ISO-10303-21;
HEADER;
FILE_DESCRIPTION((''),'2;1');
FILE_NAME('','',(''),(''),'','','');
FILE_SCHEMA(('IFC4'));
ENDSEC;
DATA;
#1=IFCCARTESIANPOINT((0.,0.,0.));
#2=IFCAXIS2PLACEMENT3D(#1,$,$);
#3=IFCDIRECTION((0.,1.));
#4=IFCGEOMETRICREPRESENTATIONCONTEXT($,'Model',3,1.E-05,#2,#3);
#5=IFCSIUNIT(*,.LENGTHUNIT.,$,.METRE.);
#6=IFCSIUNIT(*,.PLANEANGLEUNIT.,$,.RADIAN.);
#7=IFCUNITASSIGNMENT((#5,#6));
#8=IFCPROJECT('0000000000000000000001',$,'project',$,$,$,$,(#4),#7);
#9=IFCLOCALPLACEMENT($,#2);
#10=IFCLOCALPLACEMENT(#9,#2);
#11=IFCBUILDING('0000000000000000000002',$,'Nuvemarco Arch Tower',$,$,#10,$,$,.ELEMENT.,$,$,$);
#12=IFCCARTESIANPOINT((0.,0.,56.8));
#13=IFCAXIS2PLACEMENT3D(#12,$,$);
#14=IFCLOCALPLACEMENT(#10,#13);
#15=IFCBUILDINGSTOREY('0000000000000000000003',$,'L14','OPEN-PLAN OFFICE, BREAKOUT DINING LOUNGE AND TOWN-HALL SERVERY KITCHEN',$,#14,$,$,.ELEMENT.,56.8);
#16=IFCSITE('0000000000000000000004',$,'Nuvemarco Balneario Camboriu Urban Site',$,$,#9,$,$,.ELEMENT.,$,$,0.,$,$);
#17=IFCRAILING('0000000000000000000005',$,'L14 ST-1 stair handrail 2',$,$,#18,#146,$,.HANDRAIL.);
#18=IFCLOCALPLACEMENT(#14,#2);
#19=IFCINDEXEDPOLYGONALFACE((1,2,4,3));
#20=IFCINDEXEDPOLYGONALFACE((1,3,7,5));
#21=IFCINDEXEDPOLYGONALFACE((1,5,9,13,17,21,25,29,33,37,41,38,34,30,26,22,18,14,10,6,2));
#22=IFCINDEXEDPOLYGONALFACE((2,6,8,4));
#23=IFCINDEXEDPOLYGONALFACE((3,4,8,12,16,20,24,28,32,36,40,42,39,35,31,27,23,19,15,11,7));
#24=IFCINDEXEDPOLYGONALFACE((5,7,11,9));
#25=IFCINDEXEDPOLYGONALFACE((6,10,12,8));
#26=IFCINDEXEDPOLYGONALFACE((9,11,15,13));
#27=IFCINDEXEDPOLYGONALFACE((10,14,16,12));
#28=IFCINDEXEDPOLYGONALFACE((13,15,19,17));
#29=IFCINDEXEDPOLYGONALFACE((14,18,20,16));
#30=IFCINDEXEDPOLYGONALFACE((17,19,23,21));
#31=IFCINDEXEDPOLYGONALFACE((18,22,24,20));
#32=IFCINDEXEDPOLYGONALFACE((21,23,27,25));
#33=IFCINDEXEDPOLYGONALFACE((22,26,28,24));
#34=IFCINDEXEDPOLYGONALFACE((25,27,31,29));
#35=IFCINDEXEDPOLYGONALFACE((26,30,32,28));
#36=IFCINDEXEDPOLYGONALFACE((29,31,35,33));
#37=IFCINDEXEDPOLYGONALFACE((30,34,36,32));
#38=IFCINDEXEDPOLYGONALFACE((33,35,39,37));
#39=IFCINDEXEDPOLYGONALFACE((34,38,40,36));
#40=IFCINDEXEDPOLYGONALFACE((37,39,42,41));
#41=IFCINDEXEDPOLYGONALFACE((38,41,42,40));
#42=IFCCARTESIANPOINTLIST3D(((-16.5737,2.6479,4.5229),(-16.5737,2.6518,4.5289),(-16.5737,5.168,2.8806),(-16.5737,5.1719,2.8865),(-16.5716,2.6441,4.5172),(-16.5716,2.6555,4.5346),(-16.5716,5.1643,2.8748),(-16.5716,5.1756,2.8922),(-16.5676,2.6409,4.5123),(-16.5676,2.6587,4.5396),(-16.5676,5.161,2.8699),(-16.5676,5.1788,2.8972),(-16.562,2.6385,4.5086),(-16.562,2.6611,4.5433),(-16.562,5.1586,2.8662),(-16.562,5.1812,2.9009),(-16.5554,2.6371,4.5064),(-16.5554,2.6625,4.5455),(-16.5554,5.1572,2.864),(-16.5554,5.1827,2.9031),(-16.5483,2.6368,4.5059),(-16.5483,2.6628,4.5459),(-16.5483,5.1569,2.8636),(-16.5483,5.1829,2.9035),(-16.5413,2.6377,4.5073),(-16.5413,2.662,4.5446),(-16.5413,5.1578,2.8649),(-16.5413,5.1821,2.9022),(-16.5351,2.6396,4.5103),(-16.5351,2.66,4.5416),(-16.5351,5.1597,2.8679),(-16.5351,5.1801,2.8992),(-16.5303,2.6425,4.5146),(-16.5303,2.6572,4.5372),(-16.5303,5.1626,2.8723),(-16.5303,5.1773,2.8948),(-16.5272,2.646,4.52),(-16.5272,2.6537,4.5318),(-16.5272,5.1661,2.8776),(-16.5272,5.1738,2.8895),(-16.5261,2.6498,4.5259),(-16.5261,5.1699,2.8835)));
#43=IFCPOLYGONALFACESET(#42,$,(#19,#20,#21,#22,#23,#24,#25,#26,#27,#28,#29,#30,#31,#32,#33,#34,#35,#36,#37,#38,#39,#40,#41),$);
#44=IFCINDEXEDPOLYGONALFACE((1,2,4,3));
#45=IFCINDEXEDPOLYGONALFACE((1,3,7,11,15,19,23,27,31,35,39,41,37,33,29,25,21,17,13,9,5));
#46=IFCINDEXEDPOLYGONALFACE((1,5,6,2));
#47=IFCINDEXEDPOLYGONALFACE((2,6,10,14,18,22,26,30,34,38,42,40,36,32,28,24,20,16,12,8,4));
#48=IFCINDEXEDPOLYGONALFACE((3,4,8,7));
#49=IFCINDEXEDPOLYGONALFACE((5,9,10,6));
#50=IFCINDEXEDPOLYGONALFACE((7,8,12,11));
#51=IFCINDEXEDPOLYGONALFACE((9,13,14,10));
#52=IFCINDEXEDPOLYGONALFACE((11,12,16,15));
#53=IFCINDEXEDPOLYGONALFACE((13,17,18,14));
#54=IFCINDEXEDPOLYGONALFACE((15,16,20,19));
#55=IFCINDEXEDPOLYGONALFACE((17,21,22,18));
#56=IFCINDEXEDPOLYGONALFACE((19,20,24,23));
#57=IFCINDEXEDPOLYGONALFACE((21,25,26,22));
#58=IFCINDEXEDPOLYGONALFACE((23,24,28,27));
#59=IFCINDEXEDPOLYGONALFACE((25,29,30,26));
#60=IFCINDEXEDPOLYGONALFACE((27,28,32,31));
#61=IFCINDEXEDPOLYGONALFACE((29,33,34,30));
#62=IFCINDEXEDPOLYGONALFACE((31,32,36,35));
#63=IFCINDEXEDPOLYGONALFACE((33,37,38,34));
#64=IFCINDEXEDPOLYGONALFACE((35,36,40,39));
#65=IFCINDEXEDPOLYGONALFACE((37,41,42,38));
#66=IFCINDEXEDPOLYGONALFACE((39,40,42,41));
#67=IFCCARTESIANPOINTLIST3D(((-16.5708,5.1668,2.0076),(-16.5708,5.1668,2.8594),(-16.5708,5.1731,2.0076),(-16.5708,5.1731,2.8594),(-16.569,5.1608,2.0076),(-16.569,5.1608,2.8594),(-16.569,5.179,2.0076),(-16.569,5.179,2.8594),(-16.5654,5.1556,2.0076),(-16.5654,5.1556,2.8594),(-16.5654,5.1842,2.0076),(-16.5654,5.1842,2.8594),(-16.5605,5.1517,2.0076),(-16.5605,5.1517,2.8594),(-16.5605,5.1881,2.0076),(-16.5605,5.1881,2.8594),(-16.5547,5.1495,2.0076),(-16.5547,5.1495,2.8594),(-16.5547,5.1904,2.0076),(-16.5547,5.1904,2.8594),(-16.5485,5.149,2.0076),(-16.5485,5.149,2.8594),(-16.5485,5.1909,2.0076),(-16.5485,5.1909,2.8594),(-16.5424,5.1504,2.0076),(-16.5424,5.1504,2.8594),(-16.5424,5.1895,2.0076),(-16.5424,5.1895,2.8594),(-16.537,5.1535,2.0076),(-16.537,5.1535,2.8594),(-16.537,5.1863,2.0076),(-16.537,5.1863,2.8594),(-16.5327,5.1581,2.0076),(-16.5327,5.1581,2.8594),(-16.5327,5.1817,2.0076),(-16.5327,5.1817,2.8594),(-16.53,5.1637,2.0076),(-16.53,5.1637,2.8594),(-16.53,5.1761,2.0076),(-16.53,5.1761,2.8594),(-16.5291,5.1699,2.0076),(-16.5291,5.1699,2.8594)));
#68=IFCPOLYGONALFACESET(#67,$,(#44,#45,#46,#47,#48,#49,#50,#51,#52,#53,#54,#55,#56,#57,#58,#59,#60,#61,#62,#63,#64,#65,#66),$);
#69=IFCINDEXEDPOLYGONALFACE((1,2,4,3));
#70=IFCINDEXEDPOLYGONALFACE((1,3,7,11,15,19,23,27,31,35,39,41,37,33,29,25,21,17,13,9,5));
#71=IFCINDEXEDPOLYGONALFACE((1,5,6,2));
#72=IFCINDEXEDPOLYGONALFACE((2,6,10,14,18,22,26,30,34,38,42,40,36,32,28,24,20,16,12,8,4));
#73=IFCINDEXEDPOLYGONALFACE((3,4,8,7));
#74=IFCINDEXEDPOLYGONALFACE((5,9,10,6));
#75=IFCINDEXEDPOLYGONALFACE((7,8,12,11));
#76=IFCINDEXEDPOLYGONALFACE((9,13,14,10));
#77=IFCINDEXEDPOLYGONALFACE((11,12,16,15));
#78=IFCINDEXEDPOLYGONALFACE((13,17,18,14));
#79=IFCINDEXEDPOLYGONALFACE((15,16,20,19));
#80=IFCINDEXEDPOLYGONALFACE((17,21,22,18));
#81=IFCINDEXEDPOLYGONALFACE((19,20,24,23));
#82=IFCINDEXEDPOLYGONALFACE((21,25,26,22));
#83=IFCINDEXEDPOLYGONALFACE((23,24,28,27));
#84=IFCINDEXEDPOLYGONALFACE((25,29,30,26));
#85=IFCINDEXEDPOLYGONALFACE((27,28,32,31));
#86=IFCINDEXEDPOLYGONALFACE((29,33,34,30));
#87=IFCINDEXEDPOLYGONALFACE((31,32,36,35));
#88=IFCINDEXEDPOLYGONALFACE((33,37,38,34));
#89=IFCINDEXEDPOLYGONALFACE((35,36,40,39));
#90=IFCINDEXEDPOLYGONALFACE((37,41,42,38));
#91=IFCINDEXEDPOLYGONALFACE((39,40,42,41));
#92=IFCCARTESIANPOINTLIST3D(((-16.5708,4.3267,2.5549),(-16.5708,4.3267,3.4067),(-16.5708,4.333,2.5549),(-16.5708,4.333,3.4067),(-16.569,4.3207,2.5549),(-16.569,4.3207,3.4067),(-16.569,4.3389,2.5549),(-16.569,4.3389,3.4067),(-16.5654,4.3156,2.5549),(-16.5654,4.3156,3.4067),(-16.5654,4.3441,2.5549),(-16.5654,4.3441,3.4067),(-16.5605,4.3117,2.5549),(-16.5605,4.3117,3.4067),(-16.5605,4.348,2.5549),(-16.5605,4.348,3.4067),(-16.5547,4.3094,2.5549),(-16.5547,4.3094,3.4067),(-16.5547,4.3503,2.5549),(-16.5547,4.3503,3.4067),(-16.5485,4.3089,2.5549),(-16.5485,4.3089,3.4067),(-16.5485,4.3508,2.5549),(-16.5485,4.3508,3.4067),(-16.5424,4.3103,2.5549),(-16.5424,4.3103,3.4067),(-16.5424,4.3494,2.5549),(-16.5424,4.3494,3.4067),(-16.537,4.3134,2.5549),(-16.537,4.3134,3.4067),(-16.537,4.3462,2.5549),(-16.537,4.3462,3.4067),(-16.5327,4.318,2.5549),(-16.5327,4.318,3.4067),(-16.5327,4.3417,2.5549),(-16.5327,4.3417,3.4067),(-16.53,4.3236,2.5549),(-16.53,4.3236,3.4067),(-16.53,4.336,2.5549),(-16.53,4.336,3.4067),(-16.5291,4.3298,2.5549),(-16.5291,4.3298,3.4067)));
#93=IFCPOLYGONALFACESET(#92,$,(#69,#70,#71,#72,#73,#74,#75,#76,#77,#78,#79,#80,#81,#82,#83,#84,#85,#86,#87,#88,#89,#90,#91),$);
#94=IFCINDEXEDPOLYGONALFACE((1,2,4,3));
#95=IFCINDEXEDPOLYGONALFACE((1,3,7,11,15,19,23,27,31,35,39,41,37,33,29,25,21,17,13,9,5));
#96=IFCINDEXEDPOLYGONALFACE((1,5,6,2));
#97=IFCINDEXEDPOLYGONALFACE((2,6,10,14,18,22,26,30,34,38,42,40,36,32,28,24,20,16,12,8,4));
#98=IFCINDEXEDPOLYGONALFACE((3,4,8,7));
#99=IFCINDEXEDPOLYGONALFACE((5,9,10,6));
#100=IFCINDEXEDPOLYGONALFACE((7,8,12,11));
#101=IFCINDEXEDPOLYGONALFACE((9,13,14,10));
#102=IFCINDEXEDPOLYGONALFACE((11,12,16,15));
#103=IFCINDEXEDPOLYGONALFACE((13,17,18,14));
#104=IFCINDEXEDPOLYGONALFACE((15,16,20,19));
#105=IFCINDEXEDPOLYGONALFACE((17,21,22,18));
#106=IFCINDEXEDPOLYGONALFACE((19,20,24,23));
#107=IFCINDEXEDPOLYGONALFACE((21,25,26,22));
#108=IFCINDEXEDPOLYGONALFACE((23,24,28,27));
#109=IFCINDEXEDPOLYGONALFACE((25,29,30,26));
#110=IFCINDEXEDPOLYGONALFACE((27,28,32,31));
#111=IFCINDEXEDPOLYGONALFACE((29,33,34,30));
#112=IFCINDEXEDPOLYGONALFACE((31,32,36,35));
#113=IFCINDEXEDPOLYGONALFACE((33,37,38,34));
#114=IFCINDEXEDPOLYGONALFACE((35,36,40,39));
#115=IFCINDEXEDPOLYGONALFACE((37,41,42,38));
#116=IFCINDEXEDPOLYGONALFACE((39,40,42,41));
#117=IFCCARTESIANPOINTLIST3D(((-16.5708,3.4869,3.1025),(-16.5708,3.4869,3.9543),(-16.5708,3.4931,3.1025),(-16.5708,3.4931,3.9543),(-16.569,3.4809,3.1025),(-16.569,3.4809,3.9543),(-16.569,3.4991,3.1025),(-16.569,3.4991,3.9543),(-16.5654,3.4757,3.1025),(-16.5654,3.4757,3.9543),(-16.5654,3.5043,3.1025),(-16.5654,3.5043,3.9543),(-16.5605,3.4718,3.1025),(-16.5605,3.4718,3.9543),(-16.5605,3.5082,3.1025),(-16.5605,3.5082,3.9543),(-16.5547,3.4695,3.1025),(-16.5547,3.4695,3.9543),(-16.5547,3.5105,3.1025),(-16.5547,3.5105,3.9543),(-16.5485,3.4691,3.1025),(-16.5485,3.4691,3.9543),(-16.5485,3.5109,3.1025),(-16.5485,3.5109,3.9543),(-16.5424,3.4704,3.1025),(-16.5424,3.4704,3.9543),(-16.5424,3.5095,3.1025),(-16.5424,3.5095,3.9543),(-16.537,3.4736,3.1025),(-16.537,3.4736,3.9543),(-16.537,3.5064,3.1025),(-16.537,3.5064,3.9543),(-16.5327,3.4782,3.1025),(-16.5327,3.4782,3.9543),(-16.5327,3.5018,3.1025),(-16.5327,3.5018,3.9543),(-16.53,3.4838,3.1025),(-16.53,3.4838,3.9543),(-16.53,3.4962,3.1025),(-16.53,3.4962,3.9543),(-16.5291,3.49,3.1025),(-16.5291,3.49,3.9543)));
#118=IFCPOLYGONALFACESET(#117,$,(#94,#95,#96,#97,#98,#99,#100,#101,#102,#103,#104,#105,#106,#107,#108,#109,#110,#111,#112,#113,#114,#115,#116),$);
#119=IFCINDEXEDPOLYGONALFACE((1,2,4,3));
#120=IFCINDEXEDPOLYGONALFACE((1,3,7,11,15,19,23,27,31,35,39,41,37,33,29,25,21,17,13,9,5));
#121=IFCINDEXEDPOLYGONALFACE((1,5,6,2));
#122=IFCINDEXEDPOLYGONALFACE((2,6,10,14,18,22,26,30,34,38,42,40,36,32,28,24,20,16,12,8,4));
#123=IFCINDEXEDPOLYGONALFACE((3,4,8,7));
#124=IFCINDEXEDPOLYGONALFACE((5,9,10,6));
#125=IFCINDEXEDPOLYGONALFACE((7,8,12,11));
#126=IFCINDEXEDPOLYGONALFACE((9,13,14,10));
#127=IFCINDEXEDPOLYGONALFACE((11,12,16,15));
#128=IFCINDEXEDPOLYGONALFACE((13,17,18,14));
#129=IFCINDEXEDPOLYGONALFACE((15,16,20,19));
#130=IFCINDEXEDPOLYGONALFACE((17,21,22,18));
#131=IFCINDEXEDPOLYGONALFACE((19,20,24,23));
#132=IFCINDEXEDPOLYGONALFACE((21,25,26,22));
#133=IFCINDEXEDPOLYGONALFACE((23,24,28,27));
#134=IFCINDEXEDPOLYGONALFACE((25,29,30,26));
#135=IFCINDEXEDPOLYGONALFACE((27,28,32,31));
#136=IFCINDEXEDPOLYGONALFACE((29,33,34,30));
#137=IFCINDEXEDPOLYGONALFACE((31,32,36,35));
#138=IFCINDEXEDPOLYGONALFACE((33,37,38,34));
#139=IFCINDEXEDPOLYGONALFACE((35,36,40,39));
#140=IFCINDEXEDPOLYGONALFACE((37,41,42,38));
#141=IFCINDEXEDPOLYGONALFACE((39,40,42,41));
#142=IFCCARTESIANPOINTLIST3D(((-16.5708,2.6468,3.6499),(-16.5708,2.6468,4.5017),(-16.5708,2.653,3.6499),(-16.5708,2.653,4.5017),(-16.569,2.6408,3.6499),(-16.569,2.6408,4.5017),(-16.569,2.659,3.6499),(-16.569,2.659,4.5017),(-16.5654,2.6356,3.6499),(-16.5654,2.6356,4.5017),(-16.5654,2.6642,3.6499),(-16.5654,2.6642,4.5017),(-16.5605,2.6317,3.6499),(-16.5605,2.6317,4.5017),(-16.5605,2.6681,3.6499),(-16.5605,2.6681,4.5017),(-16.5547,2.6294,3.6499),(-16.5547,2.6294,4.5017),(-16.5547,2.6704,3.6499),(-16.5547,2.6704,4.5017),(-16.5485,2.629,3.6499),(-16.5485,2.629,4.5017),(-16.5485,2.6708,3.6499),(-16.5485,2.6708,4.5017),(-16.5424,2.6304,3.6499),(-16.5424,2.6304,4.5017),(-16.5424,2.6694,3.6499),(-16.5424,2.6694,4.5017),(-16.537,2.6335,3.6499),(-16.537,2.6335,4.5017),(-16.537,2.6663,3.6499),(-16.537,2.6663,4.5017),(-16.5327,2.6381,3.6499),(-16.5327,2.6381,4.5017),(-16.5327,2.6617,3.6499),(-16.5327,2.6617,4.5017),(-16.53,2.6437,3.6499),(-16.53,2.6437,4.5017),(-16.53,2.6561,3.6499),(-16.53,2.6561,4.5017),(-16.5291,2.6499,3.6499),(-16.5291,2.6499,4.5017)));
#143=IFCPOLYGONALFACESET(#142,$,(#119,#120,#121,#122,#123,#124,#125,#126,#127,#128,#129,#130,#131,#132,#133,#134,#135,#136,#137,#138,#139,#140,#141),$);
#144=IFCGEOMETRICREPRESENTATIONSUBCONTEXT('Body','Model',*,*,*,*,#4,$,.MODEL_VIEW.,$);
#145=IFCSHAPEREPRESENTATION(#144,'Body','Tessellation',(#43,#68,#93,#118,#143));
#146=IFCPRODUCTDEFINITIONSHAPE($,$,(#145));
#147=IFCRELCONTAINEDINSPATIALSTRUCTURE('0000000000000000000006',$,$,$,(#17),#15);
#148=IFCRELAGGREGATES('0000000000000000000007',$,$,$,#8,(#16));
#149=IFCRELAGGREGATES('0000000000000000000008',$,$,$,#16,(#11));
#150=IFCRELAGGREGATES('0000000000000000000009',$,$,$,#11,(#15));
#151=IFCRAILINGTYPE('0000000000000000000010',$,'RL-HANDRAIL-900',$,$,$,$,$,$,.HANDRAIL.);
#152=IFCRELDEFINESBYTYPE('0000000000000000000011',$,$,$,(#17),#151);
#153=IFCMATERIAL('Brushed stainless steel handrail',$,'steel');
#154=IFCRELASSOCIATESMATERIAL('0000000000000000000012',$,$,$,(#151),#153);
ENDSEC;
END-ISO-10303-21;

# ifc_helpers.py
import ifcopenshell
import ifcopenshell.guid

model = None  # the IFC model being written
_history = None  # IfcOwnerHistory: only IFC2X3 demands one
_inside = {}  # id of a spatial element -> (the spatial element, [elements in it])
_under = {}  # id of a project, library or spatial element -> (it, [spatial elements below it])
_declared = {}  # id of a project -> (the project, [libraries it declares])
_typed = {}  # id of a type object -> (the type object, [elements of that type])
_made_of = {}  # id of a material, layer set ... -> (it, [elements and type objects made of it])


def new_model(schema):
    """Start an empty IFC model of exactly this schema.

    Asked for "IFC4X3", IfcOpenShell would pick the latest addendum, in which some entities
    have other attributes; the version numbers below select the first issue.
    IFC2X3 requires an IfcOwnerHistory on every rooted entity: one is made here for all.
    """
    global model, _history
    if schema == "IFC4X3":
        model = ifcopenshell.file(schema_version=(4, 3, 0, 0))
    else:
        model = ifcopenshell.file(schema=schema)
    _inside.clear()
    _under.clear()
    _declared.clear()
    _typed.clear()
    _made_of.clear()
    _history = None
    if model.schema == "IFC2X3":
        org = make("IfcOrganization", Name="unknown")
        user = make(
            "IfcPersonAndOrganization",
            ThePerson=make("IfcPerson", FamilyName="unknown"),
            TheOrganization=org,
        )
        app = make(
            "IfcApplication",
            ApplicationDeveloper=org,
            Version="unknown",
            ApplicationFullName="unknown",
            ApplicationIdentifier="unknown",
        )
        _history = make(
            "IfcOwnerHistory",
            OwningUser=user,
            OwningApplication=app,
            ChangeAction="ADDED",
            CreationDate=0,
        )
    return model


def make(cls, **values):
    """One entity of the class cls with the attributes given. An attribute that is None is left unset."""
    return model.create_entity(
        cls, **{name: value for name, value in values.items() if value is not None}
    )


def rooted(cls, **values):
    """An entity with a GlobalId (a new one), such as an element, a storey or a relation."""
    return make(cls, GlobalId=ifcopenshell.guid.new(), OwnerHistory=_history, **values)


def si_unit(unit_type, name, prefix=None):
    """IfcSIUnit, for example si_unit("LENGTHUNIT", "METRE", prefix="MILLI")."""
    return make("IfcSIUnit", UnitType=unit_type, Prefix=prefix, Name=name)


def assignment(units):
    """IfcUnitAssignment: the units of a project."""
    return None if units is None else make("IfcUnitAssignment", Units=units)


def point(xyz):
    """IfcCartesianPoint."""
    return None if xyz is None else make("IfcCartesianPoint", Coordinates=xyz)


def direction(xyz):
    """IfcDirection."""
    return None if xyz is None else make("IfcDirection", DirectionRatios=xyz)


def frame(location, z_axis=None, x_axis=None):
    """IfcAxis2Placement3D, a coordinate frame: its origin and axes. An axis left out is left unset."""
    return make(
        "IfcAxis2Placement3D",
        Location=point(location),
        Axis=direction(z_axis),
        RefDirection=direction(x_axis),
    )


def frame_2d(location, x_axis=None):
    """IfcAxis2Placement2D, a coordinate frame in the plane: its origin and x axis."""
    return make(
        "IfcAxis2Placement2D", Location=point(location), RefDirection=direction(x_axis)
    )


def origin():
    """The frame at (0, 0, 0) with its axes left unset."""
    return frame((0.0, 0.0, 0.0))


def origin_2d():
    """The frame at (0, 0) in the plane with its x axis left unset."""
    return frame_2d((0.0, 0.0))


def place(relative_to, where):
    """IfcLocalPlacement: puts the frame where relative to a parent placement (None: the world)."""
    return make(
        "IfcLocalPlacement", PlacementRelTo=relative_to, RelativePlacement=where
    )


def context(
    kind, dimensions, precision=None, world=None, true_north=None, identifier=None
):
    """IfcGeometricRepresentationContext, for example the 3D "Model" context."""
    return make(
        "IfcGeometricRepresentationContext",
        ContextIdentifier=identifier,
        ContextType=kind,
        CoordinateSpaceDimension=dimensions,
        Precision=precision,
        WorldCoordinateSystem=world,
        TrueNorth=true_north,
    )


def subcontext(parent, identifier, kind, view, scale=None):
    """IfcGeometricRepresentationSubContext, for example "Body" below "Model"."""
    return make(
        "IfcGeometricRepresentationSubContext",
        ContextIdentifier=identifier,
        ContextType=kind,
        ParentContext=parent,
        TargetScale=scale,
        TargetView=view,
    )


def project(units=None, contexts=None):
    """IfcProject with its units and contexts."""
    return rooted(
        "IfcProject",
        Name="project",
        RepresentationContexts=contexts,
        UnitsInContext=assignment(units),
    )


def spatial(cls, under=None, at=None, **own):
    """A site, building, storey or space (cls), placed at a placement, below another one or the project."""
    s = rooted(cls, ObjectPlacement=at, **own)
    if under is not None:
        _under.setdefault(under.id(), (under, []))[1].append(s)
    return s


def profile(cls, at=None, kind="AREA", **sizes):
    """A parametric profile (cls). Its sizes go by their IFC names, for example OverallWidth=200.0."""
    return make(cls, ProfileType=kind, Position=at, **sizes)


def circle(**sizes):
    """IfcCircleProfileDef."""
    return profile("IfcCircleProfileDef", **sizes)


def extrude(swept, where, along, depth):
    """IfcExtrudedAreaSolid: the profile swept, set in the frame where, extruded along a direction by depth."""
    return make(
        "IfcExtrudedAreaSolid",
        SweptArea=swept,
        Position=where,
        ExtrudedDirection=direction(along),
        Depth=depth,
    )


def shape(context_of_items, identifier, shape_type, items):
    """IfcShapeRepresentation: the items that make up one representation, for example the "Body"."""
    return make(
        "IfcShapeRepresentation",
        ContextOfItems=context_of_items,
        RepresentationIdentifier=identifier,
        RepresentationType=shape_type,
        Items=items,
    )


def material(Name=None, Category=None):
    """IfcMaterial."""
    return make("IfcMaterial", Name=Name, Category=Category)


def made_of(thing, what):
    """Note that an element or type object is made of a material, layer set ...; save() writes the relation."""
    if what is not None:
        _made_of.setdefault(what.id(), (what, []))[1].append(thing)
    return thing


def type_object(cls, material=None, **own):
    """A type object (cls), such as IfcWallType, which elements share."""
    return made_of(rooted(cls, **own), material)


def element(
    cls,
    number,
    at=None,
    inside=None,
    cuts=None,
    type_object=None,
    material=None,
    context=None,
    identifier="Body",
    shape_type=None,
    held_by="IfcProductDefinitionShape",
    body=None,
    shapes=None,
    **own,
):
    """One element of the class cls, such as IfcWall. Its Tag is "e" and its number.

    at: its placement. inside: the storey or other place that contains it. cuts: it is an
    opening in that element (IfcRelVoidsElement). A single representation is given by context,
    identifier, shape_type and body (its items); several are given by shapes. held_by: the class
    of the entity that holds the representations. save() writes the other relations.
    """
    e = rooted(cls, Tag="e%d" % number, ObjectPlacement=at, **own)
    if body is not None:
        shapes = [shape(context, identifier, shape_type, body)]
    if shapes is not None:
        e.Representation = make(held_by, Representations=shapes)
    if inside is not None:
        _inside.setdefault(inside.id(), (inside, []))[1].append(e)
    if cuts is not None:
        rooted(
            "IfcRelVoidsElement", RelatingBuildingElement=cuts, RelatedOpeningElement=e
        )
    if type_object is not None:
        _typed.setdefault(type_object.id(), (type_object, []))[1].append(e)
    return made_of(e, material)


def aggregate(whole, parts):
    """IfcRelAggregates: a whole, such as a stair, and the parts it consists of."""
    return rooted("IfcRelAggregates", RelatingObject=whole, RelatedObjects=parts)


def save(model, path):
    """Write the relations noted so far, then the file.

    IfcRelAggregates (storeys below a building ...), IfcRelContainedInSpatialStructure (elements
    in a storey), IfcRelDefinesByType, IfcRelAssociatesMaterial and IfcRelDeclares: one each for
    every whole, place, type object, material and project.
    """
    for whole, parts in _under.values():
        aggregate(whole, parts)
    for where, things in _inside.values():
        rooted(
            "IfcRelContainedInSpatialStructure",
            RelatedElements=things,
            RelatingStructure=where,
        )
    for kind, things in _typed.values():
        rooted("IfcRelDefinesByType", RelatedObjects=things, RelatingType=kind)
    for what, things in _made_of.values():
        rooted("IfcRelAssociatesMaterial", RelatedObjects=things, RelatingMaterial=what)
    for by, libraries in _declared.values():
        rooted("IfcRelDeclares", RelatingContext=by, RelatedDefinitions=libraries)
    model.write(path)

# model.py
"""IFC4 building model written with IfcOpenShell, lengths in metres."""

from ifc_helpers import new_model, si_unit, direction, frame, origin, origin_2d, place, context, subcontext, project, spatial, circle, extrude, material, type_object, element, save


model = new_model("IFC4")

# Units and contexts
model_context = context("Model", 3, precision=1e-05, world=origin(), true_north=direction((0.0, 1.0)))
body_context = subcontext(model_context, "Body", "Model", "MODEL_VIEW")
ifc_project = project(units=[si_unit("LENGTHUNIT", "METRE"), si_unit("PLANEANGLEUNIT", "RADIAN")], contexts=[model_context])

# Site, building, storey
site_placement = place(None, origin())
site = spatial("IfcSite", under=ifc_project, at=site_placement, Name="Nuvemarco Balneario Camboriu Urban Site", CompositionType="ELEMENT", RefElevation=0.0)
building_placement = place(site_placement, origin())
building = spatial("IfcBuilding", under=site, at=building_placement, Name="Nuvemarco Arch Tower", CompositionType="ELEMENT")
storey_placement = place(building_placement, frame((0.0, 0.0, 56.8)))
storey = spatial("IfcBuildingStorey", under=building, at=storey_placement, Name="L14", Description="OPEN-PLAN OFFICE, BREAKOUT DINING LOUNGE AND TOWN-HALL SERVERY KITCHEN", CompositionType="ELEMENT", Elevation=56.8)

# Railing
ifc_material_1 = material(Name="Brushed stainless steel handrail", Category="steel")
railing_type_1 = type_object("IfcRailingType", Name="RL-HANDRAIL-900", PredefinedType="HANDRAIL", material=ifc_material_1)
railing_1_placement = place(storey_placement, frame((-16.55, 5.1699, 2.0076)))
element("IfcRailing", 1, at=railing_1_placement, inside=storey, type_object=railing_type_1, Name="L14 ST-1 stair handrail 2", PredefinedType="HANDRAIL", context=body_context, shape_type="SweptSolid", body=[
    extrude(circle(Radius=0.0239, at=origin_2d()), frame((0.0, 0.0, 0.876), z_axis=(0.0, -0.837787, 0.545998), x_axis=(1.0, 0.0, 0.0)), (0.0, 0.0, 1.0), 3.0081),
    extrude(circle(Radius=0.021, at=origin_2d()), origin(), (0.0, 0.0, 1.0), 0.8518),
    extrude(circle(Radius=0.021, at=origin_2d()), frame((0.0, -0.8401, 0.5474)), (0.0, 0.0, 1.0), 0.8518),
    extrude(circle(Radius=0.021, at=origin_2d()), frame((0.0, -1.6799, 1.095)), (0.0, 0.0, 1.0), 0.8518),
    extrude(circle(Radius=0.021, at=origin_2d()), frame((0.0, -2.52, 1.6423)), (0.0, 0.0, 1.0), 0.8518),
])

save(model, "model.ifc")
